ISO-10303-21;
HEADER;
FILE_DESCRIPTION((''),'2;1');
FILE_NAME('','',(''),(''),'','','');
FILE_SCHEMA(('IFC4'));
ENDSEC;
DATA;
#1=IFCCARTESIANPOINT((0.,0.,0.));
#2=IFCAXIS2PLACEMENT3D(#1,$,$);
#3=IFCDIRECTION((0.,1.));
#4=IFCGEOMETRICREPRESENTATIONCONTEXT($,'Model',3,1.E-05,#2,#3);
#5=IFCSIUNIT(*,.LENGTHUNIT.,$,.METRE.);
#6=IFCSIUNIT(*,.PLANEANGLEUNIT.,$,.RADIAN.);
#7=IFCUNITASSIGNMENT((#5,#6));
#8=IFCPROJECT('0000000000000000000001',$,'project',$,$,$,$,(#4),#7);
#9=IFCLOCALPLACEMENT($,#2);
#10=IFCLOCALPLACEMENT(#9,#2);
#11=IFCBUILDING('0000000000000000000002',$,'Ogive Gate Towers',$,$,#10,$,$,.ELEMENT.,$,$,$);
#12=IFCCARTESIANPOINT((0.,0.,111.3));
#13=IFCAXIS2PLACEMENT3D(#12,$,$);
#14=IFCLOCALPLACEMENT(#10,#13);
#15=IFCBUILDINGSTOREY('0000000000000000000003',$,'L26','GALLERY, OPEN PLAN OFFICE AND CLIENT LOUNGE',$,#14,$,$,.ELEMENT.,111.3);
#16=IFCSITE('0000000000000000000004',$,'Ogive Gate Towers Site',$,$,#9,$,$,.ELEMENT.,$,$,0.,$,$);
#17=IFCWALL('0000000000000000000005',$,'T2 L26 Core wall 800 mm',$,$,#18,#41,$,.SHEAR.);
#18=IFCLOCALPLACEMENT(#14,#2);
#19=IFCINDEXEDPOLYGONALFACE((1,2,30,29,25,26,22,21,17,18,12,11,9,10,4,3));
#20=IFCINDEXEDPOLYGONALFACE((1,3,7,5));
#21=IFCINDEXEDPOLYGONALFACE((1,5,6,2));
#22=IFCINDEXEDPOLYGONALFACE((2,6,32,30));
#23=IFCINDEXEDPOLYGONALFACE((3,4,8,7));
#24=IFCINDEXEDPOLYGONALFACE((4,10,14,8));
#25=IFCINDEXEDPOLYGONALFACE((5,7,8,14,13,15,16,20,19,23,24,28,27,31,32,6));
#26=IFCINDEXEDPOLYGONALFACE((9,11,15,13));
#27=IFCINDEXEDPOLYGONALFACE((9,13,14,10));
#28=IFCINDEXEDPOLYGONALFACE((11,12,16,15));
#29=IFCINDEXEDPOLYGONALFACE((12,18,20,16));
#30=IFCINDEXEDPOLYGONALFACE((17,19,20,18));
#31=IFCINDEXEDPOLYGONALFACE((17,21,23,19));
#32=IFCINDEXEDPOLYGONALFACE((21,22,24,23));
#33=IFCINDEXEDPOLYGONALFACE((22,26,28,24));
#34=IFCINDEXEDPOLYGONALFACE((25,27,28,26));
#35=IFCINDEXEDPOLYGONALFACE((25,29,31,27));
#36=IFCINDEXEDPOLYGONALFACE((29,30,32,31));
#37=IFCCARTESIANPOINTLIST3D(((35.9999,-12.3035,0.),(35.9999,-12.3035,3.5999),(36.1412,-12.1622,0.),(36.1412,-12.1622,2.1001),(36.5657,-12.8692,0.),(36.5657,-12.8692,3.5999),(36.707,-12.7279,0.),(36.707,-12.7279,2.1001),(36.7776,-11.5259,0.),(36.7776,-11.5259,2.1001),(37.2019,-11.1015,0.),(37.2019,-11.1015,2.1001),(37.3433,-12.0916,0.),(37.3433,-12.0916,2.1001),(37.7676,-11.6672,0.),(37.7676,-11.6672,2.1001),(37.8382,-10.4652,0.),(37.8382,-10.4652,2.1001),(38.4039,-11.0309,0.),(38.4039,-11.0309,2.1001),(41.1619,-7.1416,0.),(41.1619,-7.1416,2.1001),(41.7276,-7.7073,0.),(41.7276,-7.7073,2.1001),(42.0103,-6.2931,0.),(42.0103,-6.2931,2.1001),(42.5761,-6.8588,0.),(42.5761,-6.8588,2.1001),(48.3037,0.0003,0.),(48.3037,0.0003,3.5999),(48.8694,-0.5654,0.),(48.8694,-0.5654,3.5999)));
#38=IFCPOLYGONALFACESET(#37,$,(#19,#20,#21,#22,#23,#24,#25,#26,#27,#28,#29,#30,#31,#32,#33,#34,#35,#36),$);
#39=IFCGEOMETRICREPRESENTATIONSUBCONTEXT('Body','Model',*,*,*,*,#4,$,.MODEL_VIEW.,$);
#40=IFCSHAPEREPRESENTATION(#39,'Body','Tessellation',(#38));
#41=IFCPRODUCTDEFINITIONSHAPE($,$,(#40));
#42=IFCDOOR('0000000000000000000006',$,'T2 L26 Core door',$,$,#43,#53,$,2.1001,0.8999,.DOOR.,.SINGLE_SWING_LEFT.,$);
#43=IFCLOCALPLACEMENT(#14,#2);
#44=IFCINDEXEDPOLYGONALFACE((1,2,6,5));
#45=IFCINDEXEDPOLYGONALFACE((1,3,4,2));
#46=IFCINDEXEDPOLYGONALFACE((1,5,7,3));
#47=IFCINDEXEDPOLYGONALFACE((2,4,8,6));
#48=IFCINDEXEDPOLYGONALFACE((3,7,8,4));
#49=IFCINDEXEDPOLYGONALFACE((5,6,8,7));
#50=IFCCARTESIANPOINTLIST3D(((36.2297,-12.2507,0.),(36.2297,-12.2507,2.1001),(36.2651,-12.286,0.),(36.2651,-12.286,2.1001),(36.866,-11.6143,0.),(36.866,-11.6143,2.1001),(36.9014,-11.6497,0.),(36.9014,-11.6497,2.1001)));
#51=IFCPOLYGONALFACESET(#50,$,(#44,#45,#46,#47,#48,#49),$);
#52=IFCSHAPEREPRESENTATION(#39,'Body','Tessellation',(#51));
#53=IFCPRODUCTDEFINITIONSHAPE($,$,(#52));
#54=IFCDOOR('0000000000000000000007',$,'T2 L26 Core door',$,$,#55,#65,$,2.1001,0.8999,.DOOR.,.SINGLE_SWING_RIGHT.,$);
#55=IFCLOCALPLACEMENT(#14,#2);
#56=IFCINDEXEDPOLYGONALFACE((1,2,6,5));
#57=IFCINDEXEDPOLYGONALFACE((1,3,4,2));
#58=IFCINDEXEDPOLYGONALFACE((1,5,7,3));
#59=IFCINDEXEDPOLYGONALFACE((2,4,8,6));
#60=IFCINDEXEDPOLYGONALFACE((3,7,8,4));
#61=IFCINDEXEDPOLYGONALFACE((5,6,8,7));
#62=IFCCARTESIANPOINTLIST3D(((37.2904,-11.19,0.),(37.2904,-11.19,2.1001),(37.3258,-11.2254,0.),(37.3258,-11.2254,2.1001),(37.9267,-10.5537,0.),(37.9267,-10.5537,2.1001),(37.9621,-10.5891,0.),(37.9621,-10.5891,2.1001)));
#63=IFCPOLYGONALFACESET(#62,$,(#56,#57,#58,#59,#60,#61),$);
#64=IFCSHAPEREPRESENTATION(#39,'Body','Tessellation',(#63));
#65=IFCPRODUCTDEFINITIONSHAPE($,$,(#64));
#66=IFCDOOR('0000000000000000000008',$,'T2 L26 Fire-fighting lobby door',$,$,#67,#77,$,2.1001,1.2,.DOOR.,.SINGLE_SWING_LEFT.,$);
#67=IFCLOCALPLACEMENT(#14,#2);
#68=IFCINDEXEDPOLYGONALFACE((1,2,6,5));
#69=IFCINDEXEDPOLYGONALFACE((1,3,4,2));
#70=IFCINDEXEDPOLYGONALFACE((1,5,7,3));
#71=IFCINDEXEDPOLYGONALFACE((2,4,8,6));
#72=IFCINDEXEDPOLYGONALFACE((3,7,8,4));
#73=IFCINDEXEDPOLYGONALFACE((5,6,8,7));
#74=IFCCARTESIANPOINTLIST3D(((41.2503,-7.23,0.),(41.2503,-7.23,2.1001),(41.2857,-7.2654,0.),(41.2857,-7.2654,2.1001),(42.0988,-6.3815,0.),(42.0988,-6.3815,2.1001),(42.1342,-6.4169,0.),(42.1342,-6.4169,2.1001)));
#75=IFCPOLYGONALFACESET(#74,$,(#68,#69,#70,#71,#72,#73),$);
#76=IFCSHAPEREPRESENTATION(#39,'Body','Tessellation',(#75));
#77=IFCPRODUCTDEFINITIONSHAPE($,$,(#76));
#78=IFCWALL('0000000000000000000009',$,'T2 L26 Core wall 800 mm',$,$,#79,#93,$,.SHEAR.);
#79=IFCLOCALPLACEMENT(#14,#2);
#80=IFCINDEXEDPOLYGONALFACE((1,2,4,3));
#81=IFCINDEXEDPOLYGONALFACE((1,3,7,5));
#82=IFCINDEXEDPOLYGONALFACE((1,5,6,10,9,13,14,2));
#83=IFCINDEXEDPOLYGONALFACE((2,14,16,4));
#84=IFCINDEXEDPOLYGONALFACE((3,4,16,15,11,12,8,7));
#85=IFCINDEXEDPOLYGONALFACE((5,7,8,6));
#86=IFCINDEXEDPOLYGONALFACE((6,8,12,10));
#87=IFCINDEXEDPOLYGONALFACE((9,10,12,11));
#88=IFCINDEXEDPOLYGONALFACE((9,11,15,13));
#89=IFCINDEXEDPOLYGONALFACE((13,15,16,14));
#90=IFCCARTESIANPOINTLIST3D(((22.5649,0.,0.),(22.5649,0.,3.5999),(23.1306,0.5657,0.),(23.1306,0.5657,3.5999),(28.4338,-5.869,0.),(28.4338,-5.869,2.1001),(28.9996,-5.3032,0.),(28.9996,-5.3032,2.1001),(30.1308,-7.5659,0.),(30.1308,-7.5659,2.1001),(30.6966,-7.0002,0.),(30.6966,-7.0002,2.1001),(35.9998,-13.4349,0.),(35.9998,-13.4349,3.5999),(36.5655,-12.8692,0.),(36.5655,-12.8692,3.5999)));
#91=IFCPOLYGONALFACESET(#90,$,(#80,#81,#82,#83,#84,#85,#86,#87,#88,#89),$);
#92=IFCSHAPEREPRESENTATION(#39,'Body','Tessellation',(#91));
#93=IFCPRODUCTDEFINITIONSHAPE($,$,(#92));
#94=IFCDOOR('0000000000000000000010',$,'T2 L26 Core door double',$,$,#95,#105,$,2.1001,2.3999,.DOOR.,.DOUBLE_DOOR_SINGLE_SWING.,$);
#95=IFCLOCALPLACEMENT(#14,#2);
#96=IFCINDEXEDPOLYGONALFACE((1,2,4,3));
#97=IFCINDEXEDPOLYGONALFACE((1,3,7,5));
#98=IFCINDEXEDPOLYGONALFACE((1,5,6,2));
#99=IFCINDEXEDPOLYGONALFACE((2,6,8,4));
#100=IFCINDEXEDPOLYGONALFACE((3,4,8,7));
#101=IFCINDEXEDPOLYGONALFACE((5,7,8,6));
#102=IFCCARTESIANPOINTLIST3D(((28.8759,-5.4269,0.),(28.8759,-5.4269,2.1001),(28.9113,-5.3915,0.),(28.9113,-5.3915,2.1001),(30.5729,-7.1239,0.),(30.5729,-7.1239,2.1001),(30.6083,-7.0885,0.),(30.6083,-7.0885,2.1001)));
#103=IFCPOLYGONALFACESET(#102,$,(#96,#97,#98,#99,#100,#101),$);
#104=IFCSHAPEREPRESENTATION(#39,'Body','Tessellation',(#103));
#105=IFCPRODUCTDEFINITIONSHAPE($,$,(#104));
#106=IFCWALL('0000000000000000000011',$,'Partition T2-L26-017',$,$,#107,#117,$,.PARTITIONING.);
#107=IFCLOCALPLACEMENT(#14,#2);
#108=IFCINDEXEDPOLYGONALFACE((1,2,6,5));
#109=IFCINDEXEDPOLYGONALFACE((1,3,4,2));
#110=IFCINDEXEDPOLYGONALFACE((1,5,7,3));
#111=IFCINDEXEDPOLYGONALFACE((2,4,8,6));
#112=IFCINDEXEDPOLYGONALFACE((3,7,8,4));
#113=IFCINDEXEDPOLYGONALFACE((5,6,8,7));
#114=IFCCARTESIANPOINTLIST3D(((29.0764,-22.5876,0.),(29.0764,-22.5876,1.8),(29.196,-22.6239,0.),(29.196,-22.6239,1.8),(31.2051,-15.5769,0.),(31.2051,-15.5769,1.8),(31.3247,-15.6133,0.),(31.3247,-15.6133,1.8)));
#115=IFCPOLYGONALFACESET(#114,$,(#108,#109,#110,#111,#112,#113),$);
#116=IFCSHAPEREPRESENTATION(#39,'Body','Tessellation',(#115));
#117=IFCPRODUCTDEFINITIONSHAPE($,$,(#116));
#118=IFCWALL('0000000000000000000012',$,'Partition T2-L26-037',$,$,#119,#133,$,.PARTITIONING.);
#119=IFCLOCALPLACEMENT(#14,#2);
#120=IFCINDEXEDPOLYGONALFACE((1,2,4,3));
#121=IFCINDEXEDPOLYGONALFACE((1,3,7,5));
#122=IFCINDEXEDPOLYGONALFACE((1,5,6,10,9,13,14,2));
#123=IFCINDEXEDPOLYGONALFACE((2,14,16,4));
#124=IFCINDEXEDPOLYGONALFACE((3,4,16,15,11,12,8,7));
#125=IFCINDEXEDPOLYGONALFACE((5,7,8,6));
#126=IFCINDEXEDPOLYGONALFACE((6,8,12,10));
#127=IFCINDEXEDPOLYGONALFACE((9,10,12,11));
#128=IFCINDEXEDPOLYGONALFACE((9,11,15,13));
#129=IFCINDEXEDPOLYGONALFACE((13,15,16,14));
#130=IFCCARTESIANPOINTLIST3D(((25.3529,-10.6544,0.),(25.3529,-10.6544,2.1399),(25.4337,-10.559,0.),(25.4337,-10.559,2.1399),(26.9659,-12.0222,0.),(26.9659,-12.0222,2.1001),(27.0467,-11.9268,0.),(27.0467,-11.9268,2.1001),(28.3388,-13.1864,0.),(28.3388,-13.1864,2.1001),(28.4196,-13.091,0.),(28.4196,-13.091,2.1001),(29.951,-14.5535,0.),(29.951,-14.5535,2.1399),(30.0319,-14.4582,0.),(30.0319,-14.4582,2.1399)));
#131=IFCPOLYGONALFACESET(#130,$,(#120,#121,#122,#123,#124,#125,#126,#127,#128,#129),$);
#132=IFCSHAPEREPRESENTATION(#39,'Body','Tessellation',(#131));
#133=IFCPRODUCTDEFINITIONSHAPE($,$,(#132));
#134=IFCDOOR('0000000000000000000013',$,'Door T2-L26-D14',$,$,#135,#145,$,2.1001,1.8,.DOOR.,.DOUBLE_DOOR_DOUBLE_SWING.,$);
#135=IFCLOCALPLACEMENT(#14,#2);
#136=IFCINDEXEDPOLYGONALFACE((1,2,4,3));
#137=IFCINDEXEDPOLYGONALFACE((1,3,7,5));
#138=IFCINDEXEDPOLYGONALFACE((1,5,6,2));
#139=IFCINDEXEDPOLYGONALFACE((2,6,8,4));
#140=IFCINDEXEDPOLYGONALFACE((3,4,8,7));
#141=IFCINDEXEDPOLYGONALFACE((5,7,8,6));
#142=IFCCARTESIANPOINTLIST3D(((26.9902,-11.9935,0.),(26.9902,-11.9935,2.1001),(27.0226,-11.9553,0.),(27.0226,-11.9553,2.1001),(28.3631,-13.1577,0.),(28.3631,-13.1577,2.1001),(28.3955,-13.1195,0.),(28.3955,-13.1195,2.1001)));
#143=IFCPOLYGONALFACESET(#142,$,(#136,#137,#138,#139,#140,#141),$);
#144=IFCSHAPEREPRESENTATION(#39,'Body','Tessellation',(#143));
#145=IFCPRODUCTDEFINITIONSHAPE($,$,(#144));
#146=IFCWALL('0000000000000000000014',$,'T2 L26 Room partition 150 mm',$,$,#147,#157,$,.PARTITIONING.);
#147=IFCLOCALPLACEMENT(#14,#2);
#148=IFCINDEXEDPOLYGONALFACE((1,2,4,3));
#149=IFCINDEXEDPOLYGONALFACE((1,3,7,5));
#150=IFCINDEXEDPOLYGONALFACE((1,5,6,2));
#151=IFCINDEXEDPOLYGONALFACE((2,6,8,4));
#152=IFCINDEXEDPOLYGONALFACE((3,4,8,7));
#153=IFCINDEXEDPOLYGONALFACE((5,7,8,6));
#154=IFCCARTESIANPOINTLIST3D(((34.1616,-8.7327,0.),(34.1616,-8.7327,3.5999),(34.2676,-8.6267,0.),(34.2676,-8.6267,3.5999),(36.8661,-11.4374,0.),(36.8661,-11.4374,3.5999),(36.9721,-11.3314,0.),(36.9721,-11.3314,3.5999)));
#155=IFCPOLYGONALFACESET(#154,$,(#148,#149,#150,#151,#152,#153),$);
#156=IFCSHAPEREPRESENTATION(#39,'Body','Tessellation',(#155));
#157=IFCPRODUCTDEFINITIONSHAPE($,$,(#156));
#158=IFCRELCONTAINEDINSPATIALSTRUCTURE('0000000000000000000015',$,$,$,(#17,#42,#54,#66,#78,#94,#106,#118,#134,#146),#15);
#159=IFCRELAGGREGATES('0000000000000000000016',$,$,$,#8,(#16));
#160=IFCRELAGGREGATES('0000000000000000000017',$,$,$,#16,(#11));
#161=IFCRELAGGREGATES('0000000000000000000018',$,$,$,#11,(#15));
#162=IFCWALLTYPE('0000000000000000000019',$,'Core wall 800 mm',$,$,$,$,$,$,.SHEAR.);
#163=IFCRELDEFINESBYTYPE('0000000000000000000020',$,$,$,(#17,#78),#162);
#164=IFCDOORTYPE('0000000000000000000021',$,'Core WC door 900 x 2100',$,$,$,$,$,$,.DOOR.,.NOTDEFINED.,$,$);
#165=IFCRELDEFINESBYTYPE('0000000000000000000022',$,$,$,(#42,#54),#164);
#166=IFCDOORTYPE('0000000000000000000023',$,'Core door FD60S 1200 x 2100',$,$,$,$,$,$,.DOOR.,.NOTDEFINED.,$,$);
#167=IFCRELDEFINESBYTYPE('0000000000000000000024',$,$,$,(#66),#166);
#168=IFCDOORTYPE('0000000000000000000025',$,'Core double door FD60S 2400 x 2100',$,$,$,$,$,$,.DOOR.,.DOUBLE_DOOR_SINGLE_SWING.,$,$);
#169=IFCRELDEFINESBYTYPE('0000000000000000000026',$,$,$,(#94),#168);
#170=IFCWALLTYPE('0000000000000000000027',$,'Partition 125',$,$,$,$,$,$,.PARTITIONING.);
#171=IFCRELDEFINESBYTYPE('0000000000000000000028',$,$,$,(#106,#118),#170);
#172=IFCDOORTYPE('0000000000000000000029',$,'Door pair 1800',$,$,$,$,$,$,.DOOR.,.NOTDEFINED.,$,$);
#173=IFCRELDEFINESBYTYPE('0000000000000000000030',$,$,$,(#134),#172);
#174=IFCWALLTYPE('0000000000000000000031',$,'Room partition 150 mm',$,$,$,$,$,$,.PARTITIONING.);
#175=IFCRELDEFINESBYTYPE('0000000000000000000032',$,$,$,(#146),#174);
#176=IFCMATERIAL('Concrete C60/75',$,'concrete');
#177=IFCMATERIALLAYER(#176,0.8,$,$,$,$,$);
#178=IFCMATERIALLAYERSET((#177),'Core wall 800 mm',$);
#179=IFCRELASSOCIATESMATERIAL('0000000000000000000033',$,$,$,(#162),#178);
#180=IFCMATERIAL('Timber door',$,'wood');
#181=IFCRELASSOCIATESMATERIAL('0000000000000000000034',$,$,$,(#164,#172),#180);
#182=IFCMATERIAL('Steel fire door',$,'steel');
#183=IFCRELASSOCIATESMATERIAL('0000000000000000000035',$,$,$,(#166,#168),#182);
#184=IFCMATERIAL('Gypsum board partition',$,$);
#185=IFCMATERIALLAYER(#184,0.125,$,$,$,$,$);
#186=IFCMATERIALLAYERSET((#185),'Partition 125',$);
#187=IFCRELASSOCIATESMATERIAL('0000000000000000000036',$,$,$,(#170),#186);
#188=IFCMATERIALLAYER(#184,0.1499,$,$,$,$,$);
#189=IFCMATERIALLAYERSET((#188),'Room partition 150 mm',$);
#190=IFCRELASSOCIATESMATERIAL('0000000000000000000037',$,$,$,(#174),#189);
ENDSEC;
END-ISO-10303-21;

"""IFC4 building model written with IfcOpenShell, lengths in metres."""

from ifc_helpers import new_model, si_unit, direction, frame, frame_2d, origin, place, context, subcontext, project, spatial, rectangle, extrude, material, layer, layer_set, type_object, element, fill, save


model = new_model("IFC4")

# Units and contexts
model_context = context("Model", 3, precision=1e-05, world=origin(), true_north=direction((0.0, 1.0)))
body_context = subcontext(model_context, "Body", "Model", "MODEL_VIEW")
ifc_project = project(units=[si_unit("LENGTHUNIT", "METRE"), si_unit("PLANEANGLEUNIT", "RADIAN")], contexts=[model_context])

# Site, building, storey
site_placement = place(None, origin())
site = spatial("IfcSite", under=ifc_project, at=site_placement, Name="Ogive Gate Towers Site", CompositionType="ELEMENT", RefElevation=0.0)
building_placement = place(site_placement, origin())
building = spatial("IfcBuilding", under=site, at=building_placement, Name="Ogive Gate Towers", CompositionType="ELEMENT")
storey_placement = place(building_placement, frame((0.0, 0.0, 111.3)))
storey = spatial("IfcBuildingStorey", under=building, at=storey_placement, Name="L26", Description="GALLERY, OPEN PLAN OFFICE AND CLIENT LOUNGE", CompositionType="ELEMENT", Elevation=111.3)

# Wall, openings, doors
ifc_material_1 = material(Name="Concrete C60/75", Category="concrete")
ifc_layer_1 = layer(ifc_material_1, 0.8)
ifc_layer_set_1 = layer_set([ifc_layer_1], Name="Core wall 800 mm")
wall_type_1 = type_object("IfcWallType", Name="Core wall 800 mm", PredefinedType="SHEAR", material=ifc_layer_set_1)
wall_1_placement = place(storey_placement, frame((36.2827, -12.5864, 0.0), z_axis=(0.0, 0.0, 1.0), x_axis=(0.707107, 0.707107, 0.0)))
wall_1 = element("IfcWall", 1, at=wall_1_placement, inside=storey, type_object=wall_type_1, Name="T2 L26 Core wall 800 mm", PredefinedType="SHEAR", context=body_context, shape_type="SweptSolid", body=[
    extrude(rectangle(XDim=17.4001, YDim=0.8, at=frame_2d((8.7002, 0.0))), origin(), (0.0, 0.0, 1.0), 3.5999),
])
opening_1_placement = place(wall_1_placement, frame((7.3, 0.0, 0.0)))
opening_1 = element("IfcOpeningElement", 2, at=opening_1_placement, cuts=wall_1, PredefinedType="OPENING", context=body_context, shape_type="SweptSolid", body=[
    extrude(rectangle(XDim=1.2, YDim=2.1001, at=frame_2d((0.6001, 1.05))), frame((0.0, 0.4102, 0.0), z_axis=(0.0, -1.0, 0.0), x_axis=(1.0, 0.0, 0.0)), (0.0, 0.0, 1.0), 0.8201),
])
opening_2_placement = place(wall_1_placement, frame((0.2, 0.0, 0.0)))
opening_2 = element("IfcOpeningElement", 3, at=opening_2_placement, cuts=wall_1, PredefinedType="OPENING", context=body_context, shape_type="SweptSolid", body=[
    extrude(rectangle(XDim=0.8999, YDim=2.1001, at=frame_2d((0.45, 1.05))), frame((0.0, 0.4102, 0.0), z_axis=(0.0, -1.0, 0.0), x_axis=(1.0, 0.0, 0.0)), (0.0, 0.0, 1.0), 0.8201),
])
opening_3_placement = place(wall_1_placement, frame((1.7, 0.0, 0.0)))
opening_3 = element("IfcOpeningElement", 4, at=opening_3_placement, cuts=wall_1, PredefinedType="OPENING", context=body_context, shape_type="SweptSolid", body=[
    extrude(rectangle(XDim=0.8999, YDim=2.1001, at=frame_2d((0.45, 1.05))), frame((0.0, 0.4102, 0.0), z_axis=(0.0, -1.0, 0.0), x_axis=(1.0, 0.0, 0.0)), (0.0, 0.0, 1.0), 0.8201),
])
ifc_material_2 = material(Name="Timber door", Category="wood")
door_type_1 = type_object("IfcDoorType", Name="Core WC door 900 x 2100", OperationType="NOTDEFINED", PredefinedType="DOOR", material=ifc_material_2)
door_1_placement = place(opening_2_placement, origin())
door_1 = element("IfcDoor", 5, at=door_1_placement, inside=storey, type_object=door_type_1, Name="T2 L26 Core door", OperationType="SINGLE_SWING_LEFT", OverallHeight=2.1001, OverallWidth=0.8999, PredefinedType="DOOR", context=body_context, shape_type="SweptSolid", body=[
    extrude(rectangle(XDim=0.8999, YDim=2.1001, at=frame_2d((0.45, 1.05))), frame((0.0, 0.2749, 0.0), z_axis=(0.0, -1.0, 0.0), x_axis=(1.0, 0.0, 0.0)), (0.0, 0.0, 1.0), 0.05),
])
fill(opening_2, door_1)
door_2_placement = place(opening_3_placement, origin())
door_2 = element("IfcDoor", 6, at=door_2_placement, inside=storey, type_object=door_type_1, Name="T2 L26 Core door", OperationType="SINGLE_SWING_RIGHT", OverallHeight=2.1001, OverallWidth=0.8999, PredefinedType="DOOR", context=body_context, shape_type="SweptSolid", body=[
    extrude(rectangle(XDim=0.8999, YDim=2.1001, at=frame_2d((0.45, 1.05))), frame((0.0, 0.2749, 0.0), z_axis=(0.0, -1.0, 0.0), x_axis=(1.0, 0.0, 0.0)), (0.0, 0.0, 1.0), 0.05),
])
fill(opening_3, door_2)
ifc_material_3 = material(Name="Steel fire door", Category="steel")
door_type_2 = type_object("IfcDoorType", Name="Core door FD60S 1200 x 2100", OperationType="NOTDEFINED", PredefinedType="DOOR", material=ifc_material_3)
door_3_placement = place(opening_1_placement, origin())
door_3 = element("IfcDoor", 7, at=door_3_placement, inside=storey, type_object=door_type_2, Name="T2 L26 Fire-fighting lobby door", OperationType="SINGLE_SWING_LEFT", OverallHeight=2.1001, OverallWidth=1.2, PredefinedType="DOOR", context=body_context, shape_type="SweptSolid", body=[
    extrude(rectangle(XDim=1.2, YDim=2.1001, at=frame_2d((0.6001, 1.05))), frame((0.0, 0.2749, 0.0), z_axis=(0.0, -1.0, 0.0), x_axis=(1.0, 0.0, 0.0)), (0.0, 0.0, 1.0), 0.05),
])
fill(opening_1, door_3)

# Wall, opening, door
wall_2_placement = place(storey_placement, frame((36.2827, -13.1521, 0.0), z_axis=(0.0, 0.0, 1.0), x_axis=(-0.707107, 0.707107, 0.0)))
wall_2 = element("IfcWall", 8, at=wall_2_placement, inside=storey, type_object=wall_type_1, Name="T2 L26 Core wall 800 mm", PredefinedType="SHEAR", context=body_context, shape_type="SweptSolid", body=[
    extrude(rectangle(XDim=18.9998, YDim=0.8, at=frame_2d((9.5, 0.0))), origin(), (0.0, 0.0, 1.0), 3.5999),
])
opening_4_placement = place(wall_2_placement, frame((8.3, 0.0, 0.0)))
opening_4 = element("IfcOpeningElement", 9, at=opening_4_placement, cuts=wall_2, PredefinedType="OPENING", context=body_context, shape_type="SweptSolid", body=[
    extrude(rectangle(XDim=2.3999, YDim=2.1001, at=frame_2d((1.2, 1.05))), frame((0.0, 0.4102, 0.0), z_axis=(0.0, -1.0, 0.0), x_axis=(1.0, 0.0, 0.0)), (0.0, 0.0, 1.0), 0.8201),
])
door_type_3 = type_object("IfcDoorType", Name="Core double door FD60S 2400 x 2100", OperationType="DOUBLE_DOOR_SINGLE_SWING", PredefinedType="DOOR", material=ifc_material_3)
door_4_placement = place(opening_4_placement, origin())
door_4 = element("IfcDoor", 10, at=door_4_placement, inside=storey, type_object=door_type_3, Name="T2 L26 Core door double", OperationType="DOUBLE_DOOR_SINGLE_SWING", OverallHeight=2.1001, OverallWidth=2.3999, PredefinedType="DOOR", context=body_context, shape_type="SweptSolid", body=[
    extrude(rectangle(XDim=2.3999, YDim=2.1001, at=frame_2d((1.2, 1.05))), frame((0.0, -0.2251, 0.0), z_axis=(0.0, -1.0, 0.0), x_axis=(1.0, 0.0, 0.0)), (0.0, 0.0, 1.0), 0.05),
])
fill(opening_4, door_4)

# Wall
ifc_material_4 = material(Name="Gypsum board partition")
ifc_layer_2 = layer(ifc_material_4, 0.125)
ifc_layer_set_2 = layer_set([ifc_layer_2], Name="Partition 125")
wall_type_2 = type_object("IfcWallType", Name="Partition 125", PredefinedType="PARTITIONING", material=ifc_layer_set_2)
wall_3_placement = place(storey_placement, frame((29.1362, -22.6057, 0.0), z_axis=(0.0, 0.0, 1.0), x_axis=(0.290541, 0.956863, 0.0)))
element("IfcWall", 11, at=wall_3_placement, inside=storey, type_object=wall_type_2, Name="Partition T2-L26-017", PredefinedType="PARTITIONING", context=body_context, shape_type="SweptSolid", body=[
    extrude(rectangle(XDim=7.3267, YDim=0.125, at=frame_2d((3.6633, 0.0))), origin(), (0.0, 0.0, 1.0), 1.8),
])

# Wall, opening, door
wall_4_placement = place(storey_placement, frame((29.9915, -14.5059, 0.0), z_axis=(0.0, 0.0, 1.0), x_axis=(-0.762696, 0.646757, 0.0)))
wall_4 = element("IfcWall", 12, at=wall_4_placement, inside=storey, type_object=wall_type_2, Name="Partition T2-L26-037", PredefinedType="PARTITIONING", context=body_context, shape_type="SweptSolid", body=[
    extrude(rectangle(XDim=6.0288, YDim=0.125, at=frame_2d((3.0144, 0.0))), origin(), (0.0, 0.0, 1.0), 2.1399),
])
opening_5_placement = place(wall_4_placement, frame((2.114, 0.0, 0.0)))
opening_5 = element("IfcOpeningElement", 13, at=opening_5_placement, cuts=wall_4, PredefinedType="OPENING", context=body_context, shape_type="SweptSolid", body=[
    extrude(rectangle(XDim=1.8, YDim=2.1001, at=frame_2d((0.8999, 1.05))), frame((0.0, 0.0725, 0.0), z_axis=(0.0, -1.0, 0.0), x_axis=(1.0, 0.0, 0.0)), (0.0, 0.0, 1.0), 0.145),
])
door_type_4 = type_object("IfcDoorType", Name="Door pair 1800", OperationType="NOTDEFINED", PredefinedType="DOOR", material=ifc_material_2)
door_5_placement = place(opening_5_placement, origin())
door_5 = element("IfcDoor", 14, at=door_5_placement, inside=storey, type_object=door_type_4, Name="Door T2-L26-D14", OperationType="DOUBLE_DOOR_DOUBLE_SWING", OverallHeight=2.1001, OverallWidth=1.8, PredefinedType="DOOR", context=body_context, shape_type="SweptSolid", body=[
    extrude(rectangle(XDim=1.8, YDim=2.1001, at=frame_2d((0.8999, 1.05))), frame((0.0, 0.0249, 0.0), z_axis=(0.0, -1.0, 0.0), x_axis=(1.0, 0.0, 0.0)), (0.0, 0.0, 1.0), 0.05),
])
fill(opening_5, door_5)

# Wall
ifc_layer_3 = layer(ifc_material_4, 0.1499)
ifc_layer_set_3 = layer_set([ifc_layer_3], Name="Room partition 150 mm")
wall_type_3 = type_object("IfcWallType", Name="Room partition 150 mm", PredefinedType="PARTITIONING", material=ifc_layer_set_3)
wall_5_placement = place(storey_placement, frame((36.9192, -11.3845, 0.0), z_axis=(0.0, 0.0, 1.0), x_axis=(-0.707075, 0.707139, 0.0)))
element("IfcWall", 15, at=wall_5_placement, inside=storey, type_object=wall_type_3, Name="T2 L26 Room partition 150 mm", PredefinedType="PARTITIONING", context=body_context, shape_type="SweptSolid", body=[
    extrude(rectangle(XDim=3.825, YDim=0.1499, at=frame_2d((1.9126, 0.0))), origin(), (0.0, 0.0, 1.0), 3.5999),
])

save(model, "model.ifc")
